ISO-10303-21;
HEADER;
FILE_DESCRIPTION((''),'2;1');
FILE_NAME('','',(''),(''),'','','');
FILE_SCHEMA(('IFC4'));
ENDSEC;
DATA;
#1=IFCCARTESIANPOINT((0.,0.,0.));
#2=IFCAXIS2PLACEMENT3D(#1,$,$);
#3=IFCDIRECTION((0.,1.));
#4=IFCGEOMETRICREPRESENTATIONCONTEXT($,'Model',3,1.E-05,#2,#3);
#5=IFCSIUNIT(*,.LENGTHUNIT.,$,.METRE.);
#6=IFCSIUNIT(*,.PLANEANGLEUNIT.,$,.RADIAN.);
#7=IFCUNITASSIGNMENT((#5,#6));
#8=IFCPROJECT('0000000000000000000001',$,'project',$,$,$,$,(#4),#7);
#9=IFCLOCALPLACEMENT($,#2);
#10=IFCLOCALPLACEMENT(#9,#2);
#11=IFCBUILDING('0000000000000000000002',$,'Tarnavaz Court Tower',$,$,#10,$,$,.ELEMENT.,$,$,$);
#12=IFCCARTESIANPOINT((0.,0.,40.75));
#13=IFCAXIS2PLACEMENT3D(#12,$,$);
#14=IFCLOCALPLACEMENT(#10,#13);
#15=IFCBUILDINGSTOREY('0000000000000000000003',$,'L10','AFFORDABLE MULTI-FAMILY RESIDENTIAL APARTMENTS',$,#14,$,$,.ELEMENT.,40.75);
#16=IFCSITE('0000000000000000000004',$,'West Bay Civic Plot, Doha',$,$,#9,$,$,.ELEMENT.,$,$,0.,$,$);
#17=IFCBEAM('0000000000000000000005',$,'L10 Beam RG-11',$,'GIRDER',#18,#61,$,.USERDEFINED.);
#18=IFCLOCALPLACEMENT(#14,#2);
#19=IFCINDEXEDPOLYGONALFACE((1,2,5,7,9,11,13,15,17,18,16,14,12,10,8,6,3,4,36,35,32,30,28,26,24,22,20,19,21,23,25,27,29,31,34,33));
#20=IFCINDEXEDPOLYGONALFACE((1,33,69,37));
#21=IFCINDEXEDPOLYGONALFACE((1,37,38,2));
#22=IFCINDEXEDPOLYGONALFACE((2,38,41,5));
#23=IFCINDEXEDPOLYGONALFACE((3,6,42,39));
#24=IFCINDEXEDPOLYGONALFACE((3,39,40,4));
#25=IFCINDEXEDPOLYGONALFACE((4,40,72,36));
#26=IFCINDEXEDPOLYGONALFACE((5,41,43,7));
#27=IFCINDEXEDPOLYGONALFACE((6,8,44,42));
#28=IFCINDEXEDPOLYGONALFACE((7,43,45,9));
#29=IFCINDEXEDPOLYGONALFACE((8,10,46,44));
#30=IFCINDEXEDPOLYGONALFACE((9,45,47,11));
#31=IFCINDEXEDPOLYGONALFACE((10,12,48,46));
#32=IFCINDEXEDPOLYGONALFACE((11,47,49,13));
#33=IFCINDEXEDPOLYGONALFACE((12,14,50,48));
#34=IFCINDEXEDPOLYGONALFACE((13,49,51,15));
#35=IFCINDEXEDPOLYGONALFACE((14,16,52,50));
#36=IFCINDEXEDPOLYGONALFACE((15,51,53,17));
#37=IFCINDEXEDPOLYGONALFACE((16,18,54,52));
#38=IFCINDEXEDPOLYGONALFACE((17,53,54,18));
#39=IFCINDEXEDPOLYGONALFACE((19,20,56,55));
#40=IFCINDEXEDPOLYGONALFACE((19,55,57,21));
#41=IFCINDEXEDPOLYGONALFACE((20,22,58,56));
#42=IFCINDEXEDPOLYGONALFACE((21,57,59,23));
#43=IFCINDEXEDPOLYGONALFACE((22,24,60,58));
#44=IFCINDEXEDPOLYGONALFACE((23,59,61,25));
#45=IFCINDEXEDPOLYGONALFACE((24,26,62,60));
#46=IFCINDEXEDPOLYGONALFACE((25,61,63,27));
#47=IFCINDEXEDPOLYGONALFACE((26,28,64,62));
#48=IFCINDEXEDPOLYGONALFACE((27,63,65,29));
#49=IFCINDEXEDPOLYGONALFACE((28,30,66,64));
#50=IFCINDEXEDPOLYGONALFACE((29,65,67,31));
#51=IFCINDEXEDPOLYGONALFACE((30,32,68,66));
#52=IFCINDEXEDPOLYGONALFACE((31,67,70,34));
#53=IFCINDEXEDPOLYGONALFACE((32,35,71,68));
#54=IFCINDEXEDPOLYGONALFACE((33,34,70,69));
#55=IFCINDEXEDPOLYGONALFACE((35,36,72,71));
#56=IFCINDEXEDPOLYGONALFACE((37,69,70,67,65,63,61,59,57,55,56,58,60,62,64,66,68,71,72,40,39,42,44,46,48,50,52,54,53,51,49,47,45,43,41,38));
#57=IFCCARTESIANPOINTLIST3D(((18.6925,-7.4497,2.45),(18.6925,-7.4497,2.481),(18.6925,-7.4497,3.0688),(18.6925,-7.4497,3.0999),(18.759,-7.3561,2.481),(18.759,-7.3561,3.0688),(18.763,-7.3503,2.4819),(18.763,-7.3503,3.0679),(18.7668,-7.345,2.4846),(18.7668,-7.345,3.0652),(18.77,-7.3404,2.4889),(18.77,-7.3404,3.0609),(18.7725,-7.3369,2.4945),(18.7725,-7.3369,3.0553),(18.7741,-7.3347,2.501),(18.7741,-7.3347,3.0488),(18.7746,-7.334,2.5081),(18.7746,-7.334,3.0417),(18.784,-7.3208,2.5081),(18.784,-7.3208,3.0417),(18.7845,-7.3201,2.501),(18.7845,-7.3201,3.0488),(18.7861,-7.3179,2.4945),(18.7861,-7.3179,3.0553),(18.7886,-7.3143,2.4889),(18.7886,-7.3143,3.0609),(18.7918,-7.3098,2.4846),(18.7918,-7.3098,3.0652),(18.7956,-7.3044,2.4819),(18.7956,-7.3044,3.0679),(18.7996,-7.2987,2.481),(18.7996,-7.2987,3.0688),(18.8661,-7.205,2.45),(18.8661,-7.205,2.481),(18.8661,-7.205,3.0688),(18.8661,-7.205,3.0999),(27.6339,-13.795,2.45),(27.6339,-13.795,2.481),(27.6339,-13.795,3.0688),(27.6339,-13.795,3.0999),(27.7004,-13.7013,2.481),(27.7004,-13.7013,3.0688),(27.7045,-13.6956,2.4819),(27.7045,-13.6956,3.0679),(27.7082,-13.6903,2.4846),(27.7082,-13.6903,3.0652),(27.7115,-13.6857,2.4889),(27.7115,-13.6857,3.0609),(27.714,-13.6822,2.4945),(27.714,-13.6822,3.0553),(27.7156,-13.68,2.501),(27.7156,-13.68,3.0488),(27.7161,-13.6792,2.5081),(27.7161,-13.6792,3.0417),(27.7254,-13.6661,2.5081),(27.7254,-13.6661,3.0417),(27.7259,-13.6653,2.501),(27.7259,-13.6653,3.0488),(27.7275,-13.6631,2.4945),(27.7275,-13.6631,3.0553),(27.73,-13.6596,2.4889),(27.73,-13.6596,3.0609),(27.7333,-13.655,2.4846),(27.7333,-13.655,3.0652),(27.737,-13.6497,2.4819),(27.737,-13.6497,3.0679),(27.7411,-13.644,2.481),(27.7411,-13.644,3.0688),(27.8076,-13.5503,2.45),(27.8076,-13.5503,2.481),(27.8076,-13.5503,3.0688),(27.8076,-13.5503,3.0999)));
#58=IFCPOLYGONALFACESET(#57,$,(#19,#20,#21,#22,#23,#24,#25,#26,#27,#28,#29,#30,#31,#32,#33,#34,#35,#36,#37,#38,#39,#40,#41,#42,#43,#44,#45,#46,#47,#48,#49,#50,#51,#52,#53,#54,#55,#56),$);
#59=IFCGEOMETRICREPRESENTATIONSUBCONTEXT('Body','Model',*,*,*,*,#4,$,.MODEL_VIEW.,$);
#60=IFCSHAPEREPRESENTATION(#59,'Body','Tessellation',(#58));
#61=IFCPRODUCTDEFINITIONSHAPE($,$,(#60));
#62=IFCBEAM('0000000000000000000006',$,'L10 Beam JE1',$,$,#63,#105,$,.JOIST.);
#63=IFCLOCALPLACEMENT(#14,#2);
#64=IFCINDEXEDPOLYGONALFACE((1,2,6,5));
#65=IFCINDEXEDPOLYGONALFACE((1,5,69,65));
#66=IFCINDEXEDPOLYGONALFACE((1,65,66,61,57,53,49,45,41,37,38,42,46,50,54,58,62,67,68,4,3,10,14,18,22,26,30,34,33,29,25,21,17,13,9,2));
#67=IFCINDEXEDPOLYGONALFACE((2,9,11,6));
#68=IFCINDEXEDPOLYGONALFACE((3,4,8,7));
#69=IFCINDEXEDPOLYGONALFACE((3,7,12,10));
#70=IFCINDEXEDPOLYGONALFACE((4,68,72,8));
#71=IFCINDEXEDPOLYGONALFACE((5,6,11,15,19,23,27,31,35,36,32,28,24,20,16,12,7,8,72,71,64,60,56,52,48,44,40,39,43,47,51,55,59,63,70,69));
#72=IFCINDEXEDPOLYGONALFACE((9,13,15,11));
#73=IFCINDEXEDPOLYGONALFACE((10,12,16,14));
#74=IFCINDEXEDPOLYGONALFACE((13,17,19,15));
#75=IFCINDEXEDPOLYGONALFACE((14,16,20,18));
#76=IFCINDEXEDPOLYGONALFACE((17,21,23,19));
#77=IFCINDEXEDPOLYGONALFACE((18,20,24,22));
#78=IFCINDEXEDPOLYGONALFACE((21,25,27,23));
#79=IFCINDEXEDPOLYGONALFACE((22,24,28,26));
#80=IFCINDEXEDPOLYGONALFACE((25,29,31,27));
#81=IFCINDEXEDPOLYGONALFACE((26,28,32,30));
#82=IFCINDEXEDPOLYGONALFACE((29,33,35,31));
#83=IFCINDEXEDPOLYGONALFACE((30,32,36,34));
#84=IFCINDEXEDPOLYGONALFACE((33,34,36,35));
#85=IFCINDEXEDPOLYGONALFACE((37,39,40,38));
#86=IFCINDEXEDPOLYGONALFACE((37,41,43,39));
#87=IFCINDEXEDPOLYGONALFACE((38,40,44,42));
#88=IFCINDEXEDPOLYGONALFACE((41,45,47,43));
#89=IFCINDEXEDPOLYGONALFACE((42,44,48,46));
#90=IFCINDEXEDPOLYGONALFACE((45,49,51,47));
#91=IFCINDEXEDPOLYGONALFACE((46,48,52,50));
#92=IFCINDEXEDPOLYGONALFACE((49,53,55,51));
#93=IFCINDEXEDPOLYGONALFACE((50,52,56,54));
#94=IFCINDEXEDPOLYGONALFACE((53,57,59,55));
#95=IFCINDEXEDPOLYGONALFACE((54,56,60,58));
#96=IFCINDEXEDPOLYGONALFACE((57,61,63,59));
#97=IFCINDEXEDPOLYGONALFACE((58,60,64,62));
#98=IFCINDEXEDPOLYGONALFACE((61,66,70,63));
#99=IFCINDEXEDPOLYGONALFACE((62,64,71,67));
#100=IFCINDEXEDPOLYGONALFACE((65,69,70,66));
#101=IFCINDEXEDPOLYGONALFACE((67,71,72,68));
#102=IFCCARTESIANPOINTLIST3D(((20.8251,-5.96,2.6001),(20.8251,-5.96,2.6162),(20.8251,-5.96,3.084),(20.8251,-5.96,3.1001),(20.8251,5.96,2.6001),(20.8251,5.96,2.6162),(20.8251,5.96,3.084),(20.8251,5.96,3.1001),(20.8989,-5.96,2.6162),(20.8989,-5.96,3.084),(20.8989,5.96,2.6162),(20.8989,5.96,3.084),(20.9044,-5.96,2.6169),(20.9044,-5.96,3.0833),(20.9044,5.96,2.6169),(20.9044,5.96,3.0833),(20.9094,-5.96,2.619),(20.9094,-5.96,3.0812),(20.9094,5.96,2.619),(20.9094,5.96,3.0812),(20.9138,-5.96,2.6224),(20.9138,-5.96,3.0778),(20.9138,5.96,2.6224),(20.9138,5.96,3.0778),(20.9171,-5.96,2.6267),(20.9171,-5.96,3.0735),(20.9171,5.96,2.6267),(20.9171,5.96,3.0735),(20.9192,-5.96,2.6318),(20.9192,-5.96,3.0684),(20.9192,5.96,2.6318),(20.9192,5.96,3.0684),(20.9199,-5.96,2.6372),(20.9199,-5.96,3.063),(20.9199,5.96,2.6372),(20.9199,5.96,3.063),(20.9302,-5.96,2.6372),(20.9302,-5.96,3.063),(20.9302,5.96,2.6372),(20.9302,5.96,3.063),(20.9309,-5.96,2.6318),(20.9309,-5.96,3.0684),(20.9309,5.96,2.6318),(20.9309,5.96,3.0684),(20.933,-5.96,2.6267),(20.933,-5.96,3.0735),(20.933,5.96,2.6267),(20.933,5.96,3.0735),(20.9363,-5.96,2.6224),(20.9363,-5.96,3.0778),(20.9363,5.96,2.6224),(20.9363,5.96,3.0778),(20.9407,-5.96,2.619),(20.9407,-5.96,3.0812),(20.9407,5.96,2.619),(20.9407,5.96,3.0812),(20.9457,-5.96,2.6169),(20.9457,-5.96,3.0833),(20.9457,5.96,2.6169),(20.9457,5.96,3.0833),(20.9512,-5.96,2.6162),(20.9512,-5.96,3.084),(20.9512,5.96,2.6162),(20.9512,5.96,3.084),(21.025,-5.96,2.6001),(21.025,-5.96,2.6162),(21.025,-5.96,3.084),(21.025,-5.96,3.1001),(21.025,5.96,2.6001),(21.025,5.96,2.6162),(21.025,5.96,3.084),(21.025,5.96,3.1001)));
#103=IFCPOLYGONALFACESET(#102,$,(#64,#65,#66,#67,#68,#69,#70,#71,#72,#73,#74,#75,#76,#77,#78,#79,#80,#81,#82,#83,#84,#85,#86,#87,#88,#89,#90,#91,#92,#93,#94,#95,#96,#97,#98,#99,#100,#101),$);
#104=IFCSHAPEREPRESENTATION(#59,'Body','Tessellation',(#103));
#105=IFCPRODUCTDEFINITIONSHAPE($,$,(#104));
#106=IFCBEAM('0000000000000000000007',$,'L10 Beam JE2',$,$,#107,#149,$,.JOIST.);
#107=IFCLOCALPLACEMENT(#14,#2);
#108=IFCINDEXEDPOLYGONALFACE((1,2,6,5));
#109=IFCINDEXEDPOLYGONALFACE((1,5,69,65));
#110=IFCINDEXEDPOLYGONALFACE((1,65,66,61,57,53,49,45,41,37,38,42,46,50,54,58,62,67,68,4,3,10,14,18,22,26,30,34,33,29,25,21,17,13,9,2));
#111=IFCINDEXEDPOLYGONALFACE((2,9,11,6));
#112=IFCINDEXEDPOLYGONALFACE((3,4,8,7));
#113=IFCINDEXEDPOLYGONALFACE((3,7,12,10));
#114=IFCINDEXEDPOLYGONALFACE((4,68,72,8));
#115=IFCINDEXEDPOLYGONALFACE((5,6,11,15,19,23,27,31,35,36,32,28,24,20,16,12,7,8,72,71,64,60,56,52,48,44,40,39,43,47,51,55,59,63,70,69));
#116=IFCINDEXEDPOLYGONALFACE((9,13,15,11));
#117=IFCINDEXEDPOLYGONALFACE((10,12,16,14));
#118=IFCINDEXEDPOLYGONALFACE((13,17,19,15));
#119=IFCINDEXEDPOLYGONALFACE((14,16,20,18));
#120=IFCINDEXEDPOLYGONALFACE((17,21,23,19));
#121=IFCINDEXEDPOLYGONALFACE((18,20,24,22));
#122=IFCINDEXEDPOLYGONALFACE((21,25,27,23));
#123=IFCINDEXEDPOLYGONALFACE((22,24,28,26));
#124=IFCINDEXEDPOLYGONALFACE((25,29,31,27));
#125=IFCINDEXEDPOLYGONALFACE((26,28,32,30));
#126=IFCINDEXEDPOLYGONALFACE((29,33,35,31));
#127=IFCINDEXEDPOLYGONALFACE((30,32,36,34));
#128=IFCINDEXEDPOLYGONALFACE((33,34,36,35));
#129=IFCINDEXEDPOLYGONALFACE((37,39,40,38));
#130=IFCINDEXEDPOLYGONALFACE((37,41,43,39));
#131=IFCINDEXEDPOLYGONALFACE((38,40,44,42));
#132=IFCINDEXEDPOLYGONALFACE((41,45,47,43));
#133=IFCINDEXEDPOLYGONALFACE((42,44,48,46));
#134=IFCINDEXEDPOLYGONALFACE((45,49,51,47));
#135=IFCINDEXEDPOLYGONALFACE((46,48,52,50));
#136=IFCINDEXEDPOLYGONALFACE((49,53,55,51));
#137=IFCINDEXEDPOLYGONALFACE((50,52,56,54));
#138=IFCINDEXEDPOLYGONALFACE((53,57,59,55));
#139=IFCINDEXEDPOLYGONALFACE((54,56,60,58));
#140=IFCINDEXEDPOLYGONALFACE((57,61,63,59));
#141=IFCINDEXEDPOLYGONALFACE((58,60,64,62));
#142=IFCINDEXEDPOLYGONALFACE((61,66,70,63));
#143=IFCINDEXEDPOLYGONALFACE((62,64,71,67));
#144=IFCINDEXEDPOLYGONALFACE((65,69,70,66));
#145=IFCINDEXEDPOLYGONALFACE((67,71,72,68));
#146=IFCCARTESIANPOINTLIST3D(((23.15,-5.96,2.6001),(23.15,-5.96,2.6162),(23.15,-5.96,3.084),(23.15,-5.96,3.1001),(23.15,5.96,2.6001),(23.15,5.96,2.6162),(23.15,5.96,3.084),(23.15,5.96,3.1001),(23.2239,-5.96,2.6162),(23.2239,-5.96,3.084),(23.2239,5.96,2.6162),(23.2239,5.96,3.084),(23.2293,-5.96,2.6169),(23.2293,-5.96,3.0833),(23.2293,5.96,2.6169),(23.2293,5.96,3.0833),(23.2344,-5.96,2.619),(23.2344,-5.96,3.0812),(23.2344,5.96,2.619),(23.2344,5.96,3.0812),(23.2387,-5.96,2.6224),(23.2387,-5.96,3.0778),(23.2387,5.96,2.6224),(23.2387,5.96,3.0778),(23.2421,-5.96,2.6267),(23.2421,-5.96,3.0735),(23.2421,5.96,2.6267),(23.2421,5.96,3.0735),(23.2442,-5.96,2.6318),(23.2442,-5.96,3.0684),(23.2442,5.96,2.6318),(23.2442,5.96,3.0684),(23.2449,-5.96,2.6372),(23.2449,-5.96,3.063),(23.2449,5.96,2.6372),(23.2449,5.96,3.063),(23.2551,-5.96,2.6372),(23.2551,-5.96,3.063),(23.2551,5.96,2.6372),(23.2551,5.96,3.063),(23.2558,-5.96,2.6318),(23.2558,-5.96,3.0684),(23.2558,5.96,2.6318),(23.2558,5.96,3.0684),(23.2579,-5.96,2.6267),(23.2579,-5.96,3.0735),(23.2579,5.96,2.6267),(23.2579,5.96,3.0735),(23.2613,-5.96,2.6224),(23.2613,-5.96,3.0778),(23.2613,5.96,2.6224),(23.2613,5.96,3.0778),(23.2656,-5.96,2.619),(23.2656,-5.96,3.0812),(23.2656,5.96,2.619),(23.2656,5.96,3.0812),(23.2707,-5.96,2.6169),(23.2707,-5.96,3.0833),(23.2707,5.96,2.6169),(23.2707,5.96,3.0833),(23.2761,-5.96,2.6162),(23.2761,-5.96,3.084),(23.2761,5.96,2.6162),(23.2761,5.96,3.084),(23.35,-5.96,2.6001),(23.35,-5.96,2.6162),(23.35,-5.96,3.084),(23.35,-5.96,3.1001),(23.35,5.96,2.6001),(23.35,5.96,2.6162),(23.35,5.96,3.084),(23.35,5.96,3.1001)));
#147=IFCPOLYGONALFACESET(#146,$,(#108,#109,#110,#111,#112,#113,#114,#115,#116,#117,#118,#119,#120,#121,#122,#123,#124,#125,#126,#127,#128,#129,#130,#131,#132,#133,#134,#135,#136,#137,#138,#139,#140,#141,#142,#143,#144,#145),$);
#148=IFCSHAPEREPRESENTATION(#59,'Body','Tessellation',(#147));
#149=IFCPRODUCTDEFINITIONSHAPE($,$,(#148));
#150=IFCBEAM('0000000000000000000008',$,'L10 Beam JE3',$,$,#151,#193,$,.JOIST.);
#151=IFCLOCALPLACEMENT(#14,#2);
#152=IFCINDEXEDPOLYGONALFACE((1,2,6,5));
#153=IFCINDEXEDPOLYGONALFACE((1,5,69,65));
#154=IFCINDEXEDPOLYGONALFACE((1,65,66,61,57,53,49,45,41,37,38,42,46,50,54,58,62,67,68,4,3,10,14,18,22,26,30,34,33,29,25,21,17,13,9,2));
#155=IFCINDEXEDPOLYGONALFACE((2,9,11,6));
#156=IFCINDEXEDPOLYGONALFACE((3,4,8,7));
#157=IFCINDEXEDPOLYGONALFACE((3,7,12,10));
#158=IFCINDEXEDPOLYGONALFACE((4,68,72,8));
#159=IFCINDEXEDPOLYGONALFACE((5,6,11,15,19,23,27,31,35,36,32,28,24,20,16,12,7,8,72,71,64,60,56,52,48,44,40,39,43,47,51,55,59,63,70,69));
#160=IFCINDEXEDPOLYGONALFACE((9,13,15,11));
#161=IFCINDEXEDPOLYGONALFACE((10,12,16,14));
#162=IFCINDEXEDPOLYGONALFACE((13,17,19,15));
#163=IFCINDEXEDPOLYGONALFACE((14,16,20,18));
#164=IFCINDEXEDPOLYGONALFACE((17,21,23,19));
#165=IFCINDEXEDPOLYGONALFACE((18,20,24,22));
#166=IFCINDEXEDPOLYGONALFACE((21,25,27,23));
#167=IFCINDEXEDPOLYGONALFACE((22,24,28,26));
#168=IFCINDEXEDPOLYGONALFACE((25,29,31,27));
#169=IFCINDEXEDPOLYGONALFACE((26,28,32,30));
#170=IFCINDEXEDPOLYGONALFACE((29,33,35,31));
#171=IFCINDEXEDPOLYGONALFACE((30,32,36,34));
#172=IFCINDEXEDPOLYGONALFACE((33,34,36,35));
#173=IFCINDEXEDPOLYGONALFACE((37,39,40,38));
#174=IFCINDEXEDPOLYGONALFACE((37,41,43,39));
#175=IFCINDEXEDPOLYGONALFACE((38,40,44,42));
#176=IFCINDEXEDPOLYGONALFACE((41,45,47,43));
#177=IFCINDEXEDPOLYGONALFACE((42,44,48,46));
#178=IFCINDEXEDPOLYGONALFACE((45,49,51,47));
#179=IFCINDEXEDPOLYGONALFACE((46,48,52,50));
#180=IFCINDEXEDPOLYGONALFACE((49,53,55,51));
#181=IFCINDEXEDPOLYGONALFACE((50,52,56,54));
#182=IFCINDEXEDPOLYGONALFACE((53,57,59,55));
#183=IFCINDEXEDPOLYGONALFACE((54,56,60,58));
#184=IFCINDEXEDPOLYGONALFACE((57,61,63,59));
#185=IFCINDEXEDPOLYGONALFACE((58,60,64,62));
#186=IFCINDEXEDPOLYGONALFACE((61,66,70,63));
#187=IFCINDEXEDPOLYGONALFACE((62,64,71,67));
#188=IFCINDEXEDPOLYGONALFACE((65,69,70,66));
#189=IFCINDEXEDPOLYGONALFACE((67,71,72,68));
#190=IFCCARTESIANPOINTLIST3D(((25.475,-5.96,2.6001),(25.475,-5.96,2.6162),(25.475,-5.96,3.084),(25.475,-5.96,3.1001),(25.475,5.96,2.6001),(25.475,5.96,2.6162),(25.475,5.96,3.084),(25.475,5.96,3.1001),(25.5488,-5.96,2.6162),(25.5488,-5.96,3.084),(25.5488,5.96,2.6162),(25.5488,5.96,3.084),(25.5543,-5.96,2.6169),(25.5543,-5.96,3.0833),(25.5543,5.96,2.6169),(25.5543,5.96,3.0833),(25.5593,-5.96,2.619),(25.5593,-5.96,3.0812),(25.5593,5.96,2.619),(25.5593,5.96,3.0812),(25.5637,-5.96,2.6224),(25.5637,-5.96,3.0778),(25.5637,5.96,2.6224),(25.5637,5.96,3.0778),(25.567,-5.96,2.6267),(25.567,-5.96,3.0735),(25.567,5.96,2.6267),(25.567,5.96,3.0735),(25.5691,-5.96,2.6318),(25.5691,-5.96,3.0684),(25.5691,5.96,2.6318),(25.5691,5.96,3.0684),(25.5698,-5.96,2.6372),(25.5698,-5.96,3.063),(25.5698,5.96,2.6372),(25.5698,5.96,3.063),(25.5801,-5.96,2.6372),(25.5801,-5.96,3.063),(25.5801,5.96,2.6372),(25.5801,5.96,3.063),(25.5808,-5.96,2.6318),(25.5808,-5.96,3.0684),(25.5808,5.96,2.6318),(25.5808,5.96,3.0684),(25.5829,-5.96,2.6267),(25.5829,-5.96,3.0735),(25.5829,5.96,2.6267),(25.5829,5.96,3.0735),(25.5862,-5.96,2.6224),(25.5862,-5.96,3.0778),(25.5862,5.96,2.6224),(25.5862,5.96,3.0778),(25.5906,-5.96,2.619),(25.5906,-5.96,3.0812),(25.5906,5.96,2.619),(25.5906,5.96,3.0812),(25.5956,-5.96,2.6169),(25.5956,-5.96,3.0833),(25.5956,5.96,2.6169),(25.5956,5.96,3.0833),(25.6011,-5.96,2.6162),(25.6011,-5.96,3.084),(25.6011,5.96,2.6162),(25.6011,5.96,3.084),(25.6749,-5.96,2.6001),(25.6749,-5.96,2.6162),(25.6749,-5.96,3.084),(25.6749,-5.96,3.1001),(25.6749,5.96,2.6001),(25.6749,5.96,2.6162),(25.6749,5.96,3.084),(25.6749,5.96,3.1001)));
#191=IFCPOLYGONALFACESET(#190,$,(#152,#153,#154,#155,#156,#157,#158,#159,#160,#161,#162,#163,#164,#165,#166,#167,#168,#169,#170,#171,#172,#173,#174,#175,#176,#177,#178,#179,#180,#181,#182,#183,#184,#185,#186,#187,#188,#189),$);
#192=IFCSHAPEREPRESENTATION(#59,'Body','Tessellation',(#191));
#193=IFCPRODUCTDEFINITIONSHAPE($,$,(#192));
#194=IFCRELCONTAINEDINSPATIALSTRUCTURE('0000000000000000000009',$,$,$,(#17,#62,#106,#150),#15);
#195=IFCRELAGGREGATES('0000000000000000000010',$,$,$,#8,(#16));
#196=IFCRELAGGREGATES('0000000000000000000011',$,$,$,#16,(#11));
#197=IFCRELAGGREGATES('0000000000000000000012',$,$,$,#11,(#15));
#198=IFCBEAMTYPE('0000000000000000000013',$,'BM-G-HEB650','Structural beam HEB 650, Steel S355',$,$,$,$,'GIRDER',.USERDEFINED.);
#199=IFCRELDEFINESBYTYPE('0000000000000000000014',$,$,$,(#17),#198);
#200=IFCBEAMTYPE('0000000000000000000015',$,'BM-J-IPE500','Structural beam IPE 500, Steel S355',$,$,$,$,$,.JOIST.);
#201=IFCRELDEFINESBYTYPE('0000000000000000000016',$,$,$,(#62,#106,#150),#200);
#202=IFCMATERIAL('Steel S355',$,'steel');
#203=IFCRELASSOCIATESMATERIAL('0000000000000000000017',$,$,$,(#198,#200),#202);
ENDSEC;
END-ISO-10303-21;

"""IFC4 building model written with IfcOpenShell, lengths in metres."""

from ifc_helpers import new_model, si_unit, direction, frame, origin, origin_2d, place, context, subcontext, project, spatial, i_section, extrude, material, material_profile, profile_set, type_object, element, save


model = new_model("IFC4")

# Units and contexts
model_context = context("Model", 3, precision=1e-05, world=origin(), true_north=direction((0.0, 1.0)))
body_context = subcontext(model_context, "Body", "Model", "MODEL_VIEW")
ifc_project = project(units=[si_unit("LENGTHUNIT", "METRE"), si_unit("PLANEANGLEUNIT", "RADIAN")], contexts=[model_context])

# Site, building, storey
site_placement = place(None, origin())
site = spatial("IfcSite", under=ifc_project, at=site_placement, Name="West Bay Civic Plot, Doha", CompositionType="ELEMENT", RefElevation=0.0)
building_placement = place(site_placement, origin())
building = spatial("IfcBuilding", under=site, at=building_placement, Name="Tarnavaz Court Tower", CompositionType="ELEMENT")
storey_placement = place(building_placement, frame((0.0, 0.0, 40.75)))
storey = spatial("IfcBuildingStorey", under=building, at=storey_placement, Name="L10", Description="AFFORDABLE MULTI-FAMILY RESIDENTIAL APARTMENTS", CompositionType="ELEMENT", Elevation=40.75)

# Beams
ifc_material_1 = material(Name="Steel S355", Category="steel")
ifc_material_profile_1 = material_profile(ifc_material_1, i_section(OverallWidth=0.3, OverallDepth=0.6499, WebThickness=0.0161, FlangeThickness=0.031, FilletRadius=0.0271, at=origin_2d()), Name="HEB 650")
ifc_profile_set_1 = profile_set([ifc_material_profile_1], Name="Steel S355")
beam_type_1 = type_object("IfcBeamType", Name="BM-G-HEB650", Description="Structural beam HEB 650, Steel S355", ElementType="GIRDER", PredefinedType="USERDEFINED", material=ifc_profile_set_1)
beam_1_placement = place(storey_placement, frame((18.7793, -7.3274, 2.7749), z_axis=(0.81552, -0.578729, 0.0), x_axis=(0.578729, 0.81552, 0.0)))
element("IfcBeam", 1, at=beam_1_placement, inside=storey, type_object=beam_type_1, Name="L10 Beam RG-11", ObjectType="GIRDER", PredefinedType="USERDEFINED", context=body_context, shape_type="SweptSolid", body=[
    extrude(i_section(OverallWidth=0.3, OverallDepth=0.6499, WebThickness=0.0161, FlangeThickness=0.031, FilletRadius=0.0271, at=origin_2d()), origin(), (0.0, 0.0, 1.0), 10.9641),
])
ifc_material_profile_2 = material_profile(ifc_material_1, i_section(OverallWidth=0.2, OverallDepth=0.5, WebThickness=0.0103, FlangeThickness=0.0161, FilletRadius=0.021, at=origin_2d()), Name="IPE 500")
ifc_profile_set_2 = profile_set([ifc_material_profile_2], Name="Steel S355")
beam_type_2 = type_object("IfcBeamType", Name="BM-J-IPE500", Description="Structural beam IPE 500, Steel S355", PredefinedType="JOIST", material=ifc_profile_set_2)
for number, where, z_axis, x_axis, name in (
    (2, (20.925, -5.96, 2.8501), (0.0, 1.0, 0.0), (-1.0, 0.0, 0.0), "L10 Beam JE1"),
    (3, (23.25, -5.96, 2.8501), (0.0, 1.0, 0.0), (-1.0, 0.0, 0.0), "L10 Beam JE2"),
    (4, (25.575, -5.96, 2.8501), (0.0, 1.0, 0.0), (-1.0, 0.0, 0.0), "L10 Beam JE3"),
):
    element("IfcBeam", number, at=place(storey_placement, frame(where, z_axis=z_axis, x_axis=x_axis)), inside=storey, type_object=beam_type_2, Name=name, PredefinedType="JOIST", context=body_context, shape_type="SweptSolid", body=[
        extrude(i_section(OverallWidth=0.2, OverallDepth=0.5, WebThickness=0.0103, FlangeThickness=0.0161, FilletRadius=0.021, at=origin_2d()), origin(), (0.0, 0.0, 1.0), 11.9199),
    ])

save(model, "model.ifc")
